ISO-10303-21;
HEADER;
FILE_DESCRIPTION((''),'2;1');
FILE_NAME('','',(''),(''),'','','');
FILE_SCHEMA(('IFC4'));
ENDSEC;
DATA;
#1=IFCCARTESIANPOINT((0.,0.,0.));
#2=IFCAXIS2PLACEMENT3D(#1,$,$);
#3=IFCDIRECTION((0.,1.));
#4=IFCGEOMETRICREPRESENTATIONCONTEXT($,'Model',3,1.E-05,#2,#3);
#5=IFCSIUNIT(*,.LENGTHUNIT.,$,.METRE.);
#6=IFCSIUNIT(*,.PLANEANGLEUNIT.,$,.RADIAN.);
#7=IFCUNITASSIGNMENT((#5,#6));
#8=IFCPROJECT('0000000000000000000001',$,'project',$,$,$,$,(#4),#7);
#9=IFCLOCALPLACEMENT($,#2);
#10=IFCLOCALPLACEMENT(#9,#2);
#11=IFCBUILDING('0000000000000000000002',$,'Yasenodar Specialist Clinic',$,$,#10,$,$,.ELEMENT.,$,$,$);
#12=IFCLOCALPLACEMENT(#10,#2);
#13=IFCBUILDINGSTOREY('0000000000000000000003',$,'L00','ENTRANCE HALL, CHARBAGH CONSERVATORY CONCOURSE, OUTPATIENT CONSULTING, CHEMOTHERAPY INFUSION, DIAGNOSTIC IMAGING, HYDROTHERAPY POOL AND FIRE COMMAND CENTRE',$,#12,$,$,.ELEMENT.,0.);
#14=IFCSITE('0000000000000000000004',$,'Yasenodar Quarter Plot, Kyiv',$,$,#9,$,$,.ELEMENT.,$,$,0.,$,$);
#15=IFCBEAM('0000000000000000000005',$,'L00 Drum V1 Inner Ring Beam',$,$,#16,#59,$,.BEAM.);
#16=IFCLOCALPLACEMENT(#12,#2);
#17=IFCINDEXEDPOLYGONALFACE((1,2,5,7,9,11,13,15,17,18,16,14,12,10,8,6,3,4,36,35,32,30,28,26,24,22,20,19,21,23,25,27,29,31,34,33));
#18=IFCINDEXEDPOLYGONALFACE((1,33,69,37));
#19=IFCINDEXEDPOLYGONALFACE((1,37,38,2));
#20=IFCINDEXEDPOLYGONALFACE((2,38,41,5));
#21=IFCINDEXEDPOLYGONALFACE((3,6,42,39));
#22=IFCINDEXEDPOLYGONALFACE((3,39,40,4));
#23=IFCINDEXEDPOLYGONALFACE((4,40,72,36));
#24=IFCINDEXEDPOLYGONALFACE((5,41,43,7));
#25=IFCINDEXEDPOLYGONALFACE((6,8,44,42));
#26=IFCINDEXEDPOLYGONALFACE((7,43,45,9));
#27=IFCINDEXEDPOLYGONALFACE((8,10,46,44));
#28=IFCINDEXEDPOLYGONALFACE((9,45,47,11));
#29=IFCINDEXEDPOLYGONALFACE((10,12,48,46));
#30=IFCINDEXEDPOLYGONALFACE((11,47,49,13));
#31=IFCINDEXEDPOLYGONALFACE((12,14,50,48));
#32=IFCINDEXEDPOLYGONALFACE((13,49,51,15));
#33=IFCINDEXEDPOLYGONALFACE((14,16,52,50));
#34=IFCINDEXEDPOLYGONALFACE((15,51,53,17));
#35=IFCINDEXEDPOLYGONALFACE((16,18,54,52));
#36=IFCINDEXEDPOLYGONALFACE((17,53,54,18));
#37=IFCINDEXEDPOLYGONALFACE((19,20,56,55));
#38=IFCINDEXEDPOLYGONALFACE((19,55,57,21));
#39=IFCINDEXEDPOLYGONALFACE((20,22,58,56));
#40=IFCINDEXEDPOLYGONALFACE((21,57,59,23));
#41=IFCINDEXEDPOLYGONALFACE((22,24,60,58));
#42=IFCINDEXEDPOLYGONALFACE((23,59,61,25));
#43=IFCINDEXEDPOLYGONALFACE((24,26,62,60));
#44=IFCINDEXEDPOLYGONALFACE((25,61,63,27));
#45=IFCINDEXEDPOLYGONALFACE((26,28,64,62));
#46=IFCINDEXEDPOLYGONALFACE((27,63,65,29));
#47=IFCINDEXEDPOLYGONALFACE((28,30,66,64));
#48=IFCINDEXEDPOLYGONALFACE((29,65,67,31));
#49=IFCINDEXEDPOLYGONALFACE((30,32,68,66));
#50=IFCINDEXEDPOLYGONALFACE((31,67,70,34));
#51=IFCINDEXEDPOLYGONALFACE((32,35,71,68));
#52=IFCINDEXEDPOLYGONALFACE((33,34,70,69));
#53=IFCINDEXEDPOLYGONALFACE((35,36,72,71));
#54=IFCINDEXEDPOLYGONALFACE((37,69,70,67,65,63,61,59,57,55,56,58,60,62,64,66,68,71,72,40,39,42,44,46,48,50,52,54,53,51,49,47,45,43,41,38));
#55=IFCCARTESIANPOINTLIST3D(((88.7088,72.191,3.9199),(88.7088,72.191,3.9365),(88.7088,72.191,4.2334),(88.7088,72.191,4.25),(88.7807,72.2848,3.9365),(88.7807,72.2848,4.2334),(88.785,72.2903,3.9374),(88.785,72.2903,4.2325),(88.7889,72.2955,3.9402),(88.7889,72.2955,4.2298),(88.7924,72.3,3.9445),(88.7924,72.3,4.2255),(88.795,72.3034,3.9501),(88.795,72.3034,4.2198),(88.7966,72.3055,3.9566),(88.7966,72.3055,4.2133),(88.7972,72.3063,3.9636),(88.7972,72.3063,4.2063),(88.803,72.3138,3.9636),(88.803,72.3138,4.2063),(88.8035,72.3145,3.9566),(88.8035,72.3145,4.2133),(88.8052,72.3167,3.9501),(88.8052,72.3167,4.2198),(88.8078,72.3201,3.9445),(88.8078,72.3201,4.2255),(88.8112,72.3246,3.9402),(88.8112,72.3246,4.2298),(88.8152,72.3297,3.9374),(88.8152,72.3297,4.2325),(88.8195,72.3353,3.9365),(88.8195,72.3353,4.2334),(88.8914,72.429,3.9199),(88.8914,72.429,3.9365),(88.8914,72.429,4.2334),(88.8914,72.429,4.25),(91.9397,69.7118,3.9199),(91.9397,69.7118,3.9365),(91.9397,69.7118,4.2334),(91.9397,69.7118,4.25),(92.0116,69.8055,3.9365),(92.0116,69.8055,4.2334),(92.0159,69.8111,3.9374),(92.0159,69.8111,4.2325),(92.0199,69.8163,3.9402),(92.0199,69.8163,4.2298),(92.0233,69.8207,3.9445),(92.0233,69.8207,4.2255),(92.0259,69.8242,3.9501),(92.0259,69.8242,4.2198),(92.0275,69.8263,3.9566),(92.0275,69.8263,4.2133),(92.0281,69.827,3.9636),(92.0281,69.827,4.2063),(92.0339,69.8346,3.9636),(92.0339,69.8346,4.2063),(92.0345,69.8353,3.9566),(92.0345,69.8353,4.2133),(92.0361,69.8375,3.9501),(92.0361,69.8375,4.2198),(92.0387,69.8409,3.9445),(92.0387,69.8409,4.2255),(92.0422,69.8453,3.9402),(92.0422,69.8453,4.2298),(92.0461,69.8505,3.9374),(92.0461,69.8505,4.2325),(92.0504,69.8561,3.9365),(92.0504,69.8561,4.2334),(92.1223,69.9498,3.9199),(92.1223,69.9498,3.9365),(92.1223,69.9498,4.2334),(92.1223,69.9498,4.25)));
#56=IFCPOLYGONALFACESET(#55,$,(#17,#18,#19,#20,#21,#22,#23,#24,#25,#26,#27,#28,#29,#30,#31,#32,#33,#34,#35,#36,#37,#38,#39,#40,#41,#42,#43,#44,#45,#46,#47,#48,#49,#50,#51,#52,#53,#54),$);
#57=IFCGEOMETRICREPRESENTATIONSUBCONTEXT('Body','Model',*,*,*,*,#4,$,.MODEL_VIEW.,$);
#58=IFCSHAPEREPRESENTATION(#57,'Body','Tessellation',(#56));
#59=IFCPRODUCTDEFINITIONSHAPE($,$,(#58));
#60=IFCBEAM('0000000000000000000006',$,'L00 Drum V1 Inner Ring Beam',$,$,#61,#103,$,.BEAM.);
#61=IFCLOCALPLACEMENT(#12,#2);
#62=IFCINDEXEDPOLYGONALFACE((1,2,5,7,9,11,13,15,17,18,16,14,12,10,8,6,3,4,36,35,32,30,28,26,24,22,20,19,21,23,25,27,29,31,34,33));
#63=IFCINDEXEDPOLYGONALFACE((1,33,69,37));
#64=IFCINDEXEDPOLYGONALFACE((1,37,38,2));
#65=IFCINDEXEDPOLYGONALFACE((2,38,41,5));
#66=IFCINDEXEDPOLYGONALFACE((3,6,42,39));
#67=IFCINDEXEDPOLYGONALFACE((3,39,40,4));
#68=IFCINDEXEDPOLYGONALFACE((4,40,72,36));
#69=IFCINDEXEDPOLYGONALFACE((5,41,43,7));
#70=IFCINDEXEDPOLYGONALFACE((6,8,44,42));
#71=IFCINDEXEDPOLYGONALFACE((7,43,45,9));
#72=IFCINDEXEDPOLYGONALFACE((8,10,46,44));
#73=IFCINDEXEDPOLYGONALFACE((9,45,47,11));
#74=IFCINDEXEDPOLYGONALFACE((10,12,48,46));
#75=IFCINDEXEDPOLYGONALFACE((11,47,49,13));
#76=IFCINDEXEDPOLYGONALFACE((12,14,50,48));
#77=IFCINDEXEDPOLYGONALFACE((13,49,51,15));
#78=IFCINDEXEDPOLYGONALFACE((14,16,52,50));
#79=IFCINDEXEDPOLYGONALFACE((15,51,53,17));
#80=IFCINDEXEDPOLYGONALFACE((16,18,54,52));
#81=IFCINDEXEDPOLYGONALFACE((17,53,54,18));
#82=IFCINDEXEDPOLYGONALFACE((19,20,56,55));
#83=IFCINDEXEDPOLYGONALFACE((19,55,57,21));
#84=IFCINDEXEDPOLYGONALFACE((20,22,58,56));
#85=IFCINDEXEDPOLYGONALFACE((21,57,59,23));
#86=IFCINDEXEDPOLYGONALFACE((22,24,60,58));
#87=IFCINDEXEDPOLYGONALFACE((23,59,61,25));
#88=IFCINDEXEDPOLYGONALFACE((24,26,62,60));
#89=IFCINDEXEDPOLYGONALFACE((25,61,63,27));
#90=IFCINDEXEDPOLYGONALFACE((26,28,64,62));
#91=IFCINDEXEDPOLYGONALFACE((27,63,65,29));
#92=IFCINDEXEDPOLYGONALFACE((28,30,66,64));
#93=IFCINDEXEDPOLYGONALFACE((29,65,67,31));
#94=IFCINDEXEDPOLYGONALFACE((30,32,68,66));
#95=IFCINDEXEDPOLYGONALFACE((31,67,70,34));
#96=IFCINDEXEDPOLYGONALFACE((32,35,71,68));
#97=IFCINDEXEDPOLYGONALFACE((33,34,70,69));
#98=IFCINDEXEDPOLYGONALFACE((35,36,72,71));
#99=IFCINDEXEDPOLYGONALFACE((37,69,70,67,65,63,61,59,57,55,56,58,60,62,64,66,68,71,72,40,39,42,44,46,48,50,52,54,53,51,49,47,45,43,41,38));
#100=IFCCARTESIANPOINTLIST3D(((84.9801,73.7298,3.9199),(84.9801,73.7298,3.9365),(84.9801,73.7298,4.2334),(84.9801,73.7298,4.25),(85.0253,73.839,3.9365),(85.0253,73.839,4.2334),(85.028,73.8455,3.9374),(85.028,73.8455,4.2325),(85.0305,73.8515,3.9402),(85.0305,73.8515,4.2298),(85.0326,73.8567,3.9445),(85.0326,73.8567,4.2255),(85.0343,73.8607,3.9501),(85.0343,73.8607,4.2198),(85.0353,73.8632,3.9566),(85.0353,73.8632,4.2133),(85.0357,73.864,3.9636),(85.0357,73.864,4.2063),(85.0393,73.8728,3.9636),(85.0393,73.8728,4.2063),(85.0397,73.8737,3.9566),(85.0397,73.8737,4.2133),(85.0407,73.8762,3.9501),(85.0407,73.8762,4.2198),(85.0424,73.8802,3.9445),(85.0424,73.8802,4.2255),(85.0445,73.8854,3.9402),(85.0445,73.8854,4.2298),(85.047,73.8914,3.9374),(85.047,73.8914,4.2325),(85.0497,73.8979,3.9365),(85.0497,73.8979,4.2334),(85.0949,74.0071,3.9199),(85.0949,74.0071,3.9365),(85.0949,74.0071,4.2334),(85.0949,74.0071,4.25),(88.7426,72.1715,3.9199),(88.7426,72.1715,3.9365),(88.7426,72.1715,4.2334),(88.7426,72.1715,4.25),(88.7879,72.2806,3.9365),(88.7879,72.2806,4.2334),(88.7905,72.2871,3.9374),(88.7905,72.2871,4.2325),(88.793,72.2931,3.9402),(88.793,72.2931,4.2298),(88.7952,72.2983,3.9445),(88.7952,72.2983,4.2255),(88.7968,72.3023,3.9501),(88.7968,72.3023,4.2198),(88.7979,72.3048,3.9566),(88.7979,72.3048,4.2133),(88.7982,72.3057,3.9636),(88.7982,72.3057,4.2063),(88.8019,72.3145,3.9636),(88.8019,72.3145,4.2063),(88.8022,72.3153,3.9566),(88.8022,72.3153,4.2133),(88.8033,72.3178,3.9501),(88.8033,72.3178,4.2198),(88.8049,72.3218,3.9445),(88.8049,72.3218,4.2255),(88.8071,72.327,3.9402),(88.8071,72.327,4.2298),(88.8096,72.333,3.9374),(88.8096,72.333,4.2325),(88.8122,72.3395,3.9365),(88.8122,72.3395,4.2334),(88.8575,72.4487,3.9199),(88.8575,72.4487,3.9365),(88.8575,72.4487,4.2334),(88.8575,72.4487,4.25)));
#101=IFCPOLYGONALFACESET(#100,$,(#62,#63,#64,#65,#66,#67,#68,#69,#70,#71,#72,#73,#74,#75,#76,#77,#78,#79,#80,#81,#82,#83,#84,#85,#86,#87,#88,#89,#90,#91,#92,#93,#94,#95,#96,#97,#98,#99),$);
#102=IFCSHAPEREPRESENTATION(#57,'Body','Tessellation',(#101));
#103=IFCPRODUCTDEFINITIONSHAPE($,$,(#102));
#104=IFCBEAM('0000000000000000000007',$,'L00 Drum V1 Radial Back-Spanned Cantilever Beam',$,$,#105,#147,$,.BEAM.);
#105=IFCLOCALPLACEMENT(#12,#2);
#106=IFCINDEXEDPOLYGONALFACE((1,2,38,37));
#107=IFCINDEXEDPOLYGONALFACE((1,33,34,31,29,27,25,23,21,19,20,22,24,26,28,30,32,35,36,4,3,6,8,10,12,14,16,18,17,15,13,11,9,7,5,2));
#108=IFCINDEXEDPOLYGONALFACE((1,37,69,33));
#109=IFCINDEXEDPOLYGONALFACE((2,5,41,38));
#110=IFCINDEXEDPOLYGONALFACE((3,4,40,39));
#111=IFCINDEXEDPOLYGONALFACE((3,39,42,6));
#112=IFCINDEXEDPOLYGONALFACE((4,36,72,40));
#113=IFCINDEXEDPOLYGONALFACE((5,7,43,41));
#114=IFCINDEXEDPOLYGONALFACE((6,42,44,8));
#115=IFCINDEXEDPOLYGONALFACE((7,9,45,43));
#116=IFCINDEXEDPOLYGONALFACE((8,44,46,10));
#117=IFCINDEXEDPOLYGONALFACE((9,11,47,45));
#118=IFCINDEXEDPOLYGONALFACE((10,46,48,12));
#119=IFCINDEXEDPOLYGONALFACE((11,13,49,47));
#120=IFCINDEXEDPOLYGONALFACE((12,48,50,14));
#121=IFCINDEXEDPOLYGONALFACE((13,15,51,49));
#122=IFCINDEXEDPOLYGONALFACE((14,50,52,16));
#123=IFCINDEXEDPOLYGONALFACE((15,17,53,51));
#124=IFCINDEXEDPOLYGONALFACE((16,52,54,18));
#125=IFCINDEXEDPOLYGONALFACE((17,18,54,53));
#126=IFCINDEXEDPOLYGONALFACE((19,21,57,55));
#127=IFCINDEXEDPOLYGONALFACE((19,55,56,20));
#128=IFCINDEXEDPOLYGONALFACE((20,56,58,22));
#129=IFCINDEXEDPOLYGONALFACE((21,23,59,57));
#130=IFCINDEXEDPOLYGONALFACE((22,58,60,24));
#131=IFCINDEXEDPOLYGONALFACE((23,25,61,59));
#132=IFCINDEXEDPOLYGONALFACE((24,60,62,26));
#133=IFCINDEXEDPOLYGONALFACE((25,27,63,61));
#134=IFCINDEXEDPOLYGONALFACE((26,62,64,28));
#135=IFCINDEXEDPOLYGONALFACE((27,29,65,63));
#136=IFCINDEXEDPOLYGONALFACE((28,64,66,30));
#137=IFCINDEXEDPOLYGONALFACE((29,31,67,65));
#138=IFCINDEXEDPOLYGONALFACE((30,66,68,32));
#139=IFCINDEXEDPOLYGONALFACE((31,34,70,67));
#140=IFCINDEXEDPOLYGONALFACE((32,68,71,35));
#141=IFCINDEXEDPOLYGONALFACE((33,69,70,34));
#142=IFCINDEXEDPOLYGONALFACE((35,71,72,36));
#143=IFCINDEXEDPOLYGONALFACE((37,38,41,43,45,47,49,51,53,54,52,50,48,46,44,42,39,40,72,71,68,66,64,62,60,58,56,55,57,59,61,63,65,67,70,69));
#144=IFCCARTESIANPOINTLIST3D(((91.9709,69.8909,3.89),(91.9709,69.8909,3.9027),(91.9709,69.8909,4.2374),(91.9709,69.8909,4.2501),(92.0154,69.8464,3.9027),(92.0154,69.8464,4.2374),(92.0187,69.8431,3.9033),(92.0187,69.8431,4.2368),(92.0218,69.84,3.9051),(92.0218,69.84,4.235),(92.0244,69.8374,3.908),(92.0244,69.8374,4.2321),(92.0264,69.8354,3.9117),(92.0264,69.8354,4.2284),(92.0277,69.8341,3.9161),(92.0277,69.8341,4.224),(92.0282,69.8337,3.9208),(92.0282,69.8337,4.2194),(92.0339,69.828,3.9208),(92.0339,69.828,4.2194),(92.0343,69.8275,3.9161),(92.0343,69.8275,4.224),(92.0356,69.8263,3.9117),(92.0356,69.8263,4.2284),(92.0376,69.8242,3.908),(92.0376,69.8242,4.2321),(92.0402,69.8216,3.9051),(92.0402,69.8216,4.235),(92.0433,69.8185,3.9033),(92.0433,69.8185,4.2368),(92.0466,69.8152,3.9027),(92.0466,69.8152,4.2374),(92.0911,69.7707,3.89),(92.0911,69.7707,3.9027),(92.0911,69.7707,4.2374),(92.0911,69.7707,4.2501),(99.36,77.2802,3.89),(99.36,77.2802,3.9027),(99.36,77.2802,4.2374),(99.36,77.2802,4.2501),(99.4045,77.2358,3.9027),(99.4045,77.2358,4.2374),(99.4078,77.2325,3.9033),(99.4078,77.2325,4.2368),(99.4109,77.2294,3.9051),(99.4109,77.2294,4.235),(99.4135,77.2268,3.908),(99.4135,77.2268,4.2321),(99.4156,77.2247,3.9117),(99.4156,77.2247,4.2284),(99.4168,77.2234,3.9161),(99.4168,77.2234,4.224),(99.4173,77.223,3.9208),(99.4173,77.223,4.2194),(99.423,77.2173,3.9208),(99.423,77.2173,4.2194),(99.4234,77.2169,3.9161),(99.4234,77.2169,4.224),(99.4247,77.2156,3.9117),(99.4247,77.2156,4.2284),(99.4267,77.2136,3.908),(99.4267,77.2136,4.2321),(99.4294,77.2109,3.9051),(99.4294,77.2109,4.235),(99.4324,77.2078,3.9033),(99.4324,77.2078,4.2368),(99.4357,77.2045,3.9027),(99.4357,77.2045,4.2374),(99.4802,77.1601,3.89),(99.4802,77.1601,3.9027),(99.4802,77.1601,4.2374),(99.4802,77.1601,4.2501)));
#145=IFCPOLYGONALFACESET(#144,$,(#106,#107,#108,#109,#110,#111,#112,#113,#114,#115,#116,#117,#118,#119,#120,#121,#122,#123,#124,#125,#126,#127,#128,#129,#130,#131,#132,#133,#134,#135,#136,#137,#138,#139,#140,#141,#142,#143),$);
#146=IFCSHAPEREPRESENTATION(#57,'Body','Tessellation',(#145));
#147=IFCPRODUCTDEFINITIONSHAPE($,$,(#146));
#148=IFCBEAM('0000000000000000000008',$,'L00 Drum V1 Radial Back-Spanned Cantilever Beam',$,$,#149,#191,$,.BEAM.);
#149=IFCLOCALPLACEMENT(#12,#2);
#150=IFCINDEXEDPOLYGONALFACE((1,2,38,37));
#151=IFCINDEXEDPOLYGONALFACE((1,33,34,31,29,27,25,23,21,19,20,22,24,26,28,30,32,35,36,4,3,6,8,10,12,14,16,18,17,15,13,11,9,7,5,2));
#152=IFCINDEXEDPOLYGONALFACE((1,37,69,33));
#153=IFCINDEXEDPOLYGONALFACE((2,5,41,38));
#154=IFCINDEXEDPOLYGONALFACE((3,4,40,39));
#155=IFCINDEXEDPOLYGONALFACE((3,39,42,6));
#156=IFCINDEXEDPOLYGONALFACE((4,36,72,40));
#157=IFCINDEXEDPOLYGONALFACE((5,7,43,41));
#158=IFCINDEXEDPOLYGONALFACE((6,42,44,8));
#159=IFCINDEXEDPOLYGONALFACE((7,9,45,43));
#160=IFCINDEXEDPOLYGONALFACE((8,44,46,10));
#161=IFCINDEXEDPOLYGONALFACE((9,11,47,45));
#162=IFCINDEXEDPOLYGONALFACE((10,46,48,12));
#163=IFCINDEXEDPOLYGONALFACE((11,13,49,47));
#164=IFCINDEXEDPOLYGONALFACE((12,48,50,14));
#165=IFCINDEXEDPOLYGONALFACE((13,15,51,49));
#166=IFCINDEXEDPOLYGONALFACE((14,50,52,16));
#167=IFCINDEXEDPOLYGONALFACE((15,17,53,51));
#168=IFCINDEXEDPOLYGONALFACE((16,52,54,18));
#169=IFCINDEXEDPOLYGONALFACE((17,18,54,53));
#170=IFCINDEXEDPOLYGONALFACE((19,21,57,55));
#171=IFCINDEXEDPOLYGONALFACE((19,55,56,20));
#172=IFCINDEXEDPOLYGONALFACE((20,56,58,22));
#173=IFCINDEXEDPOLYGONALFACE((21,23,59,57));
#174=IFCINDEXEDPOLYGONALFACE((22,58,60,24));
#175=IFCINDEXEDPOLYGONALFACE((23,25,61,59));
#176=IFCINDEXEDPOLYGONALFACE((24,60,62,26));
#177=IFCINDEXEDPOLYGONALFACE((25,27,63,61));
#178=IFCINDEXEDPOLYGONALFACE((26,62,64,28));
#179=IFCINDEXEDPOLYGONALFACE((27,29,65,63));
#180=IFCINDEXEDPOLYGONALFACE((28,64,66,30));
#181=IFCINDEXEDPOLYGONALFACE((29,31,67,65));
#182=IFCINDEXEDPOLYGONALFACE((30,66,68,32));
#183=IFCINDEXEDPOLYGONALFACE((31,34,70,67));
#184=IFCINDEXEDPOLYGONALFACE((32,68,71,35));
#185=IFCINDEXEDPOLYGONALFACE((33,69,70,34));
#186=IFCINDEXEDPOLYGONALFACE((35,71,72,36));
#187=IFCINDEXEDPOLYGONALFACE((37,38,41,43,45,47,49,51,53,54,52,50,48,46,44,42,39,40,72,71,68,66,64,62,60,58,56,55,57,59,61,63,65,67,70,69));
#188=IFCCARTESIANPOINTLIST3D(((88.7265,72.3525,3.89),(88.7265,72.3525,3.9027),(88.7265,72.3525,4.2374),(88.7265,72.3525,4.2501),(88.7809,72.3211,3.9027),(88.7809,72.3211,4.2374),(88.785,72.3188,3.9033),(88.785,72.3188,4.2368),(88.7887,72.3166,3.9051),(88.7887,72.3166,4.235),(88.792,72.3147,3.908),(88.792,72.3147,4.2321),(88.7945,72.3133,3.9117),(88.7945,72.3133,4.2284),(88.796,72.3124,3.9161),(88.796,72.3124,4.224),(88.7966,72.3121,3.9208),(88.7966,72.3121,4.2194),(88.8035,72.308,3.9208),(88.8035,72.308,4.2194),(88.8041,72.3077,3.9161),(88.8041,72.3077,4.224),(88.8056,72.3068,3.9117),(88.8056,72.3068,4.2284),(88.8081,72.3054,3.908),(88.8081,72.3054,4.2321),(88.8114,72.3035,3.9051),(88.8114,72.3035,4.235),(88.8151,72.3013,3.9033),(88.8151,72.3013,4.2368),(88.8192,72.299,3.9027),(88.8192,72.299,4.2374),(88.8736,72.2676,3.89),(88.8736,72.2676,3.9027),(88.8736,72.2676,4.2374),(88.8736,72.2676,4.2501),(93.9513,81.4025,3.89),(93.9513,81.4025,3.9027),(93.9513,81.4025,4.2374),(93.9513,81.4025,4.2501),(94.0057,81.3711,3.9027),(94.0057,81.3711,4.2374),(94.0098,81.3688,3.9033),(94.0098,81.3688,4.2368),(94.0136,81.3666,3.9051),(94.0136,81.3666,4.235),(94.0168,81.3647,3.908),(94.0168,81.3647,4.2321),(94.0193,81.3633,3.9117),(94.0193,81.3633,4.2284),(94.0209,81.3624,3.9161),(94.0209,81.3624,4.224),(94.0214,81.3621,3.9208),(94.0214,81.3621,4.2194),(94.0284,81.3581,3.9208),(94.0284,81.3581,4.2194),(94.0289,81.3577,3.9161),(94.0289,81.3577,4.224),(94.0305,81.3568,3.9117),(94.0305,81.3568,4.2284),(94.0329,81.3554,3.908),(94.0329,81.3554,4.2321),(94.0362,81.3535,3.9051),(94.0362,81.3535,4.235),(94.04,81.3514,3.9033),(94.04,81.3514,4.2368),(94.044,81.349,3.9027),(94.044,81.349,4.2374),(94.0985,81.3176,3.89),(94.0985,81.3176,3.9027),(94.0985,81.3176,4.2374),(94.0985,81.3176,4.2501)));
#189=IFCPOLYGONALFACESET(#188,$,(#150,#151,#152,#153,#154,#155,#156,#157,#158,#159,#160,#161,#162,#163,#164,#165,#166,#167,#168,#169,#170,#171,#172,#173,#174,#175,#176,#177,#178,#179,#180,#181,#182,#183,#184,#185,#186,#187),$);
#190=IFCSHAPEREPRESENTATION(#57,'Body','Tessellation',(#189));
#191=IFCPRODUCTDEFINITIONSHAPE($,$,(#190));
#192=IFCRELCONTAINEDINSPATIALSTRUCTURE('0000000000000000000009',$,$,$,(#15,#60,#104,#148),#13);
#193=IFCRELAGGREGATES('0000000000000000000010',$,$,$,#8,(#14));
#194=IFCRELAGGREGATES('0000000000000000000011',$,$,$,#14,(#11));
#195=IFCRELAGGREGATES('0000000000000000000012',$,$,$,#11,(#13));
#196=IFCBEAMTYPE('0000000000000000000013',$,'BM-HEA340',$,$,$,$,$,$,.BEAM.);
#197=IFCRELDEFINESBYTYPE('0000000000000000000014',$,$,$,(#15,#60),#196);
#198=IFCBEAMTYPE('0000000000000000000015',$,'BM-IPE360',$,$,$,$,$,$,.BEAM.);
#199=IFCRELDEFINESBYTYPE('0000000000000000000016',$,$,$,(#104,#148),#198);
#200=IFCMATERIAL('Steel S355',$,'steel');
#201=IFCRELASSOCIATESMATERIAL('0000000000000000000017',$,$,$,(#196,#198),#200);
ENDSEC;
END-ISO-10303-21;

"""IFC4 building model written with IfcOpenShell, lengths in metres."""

from ifc_helpers import new_model, si_unit, direction, frame, origin, origin_2d, place, context, subcontext, project, spatial, i_section, extrude, material, material_profile, profile_set, type_object, element, save


model = new_model("IFC4")

# Units and contexts
model_context = context("Model", 3, precision=1e-05, world=origin(), true_north=direction((0.0, 1.0)))
body_context = subcontext(model_context, "Body", "Model", "MODEL_VIEW")
ifc_project = project(units=[si_unit("LENGTHUNIT", "METRE"), si_unit("PLANEANGLEUNIT", "RADIAN")], contexts=[model_context])

# Site, building, storey
site_placement = place(None, origin())
site = spatial("IfcSite", under=ifc_project, at=site_placement, Name="Yasenodar Quarter Plot, Kyiv", CompositionType="ELEMENT", RefElevation=0.0)
building_placement = place(site_placement, origin())
building = spatial("IfcBuilding", under=site, at=building_placement, Name="Yasenodar Specialist Clinic", CompositionType="ELEMENT")
storey_placement = place(building_placement, origin())
storey = spatial("IfcBuildingStorey", under=building, at=storey_placement, Name="L00", Description="ENTRANCE HALL, CHARBAGH CONSERVATORY CONCOURSE, OUTPATIENT CONSULTING, CHEMOTHERAPY INFUSION, DIAGNOSTIC IMAGING, HYDROTHERAPY POOL AND FIRE COMMAND CENTRE", CompositionType="ELEMENT", Elevation=0.0)

# Shared definitions
ifc_material_1 = material(Name="Steel S355", Category="steel")

# Beams
ifc_material_profile_1 = material_profile(ifc_material_1, i_section(OverallWidth=0.3, OverallDepth=0.3301, WebThickness=0.0095, FlangeThickness=0.0166, FilletRadius=0.0271, at=origin_2d()), Name="HEA 340")
ifc_profile_set_1 = profile_set([ifc_material_profile_1], Name="Steel S355")
beam_type_1 = type_object("IfcBeamType", Name="BM-HEA340", PredefinedType="BEAM", material=ifc_profile_set_1)
for number, where, z_axis, x_axis, name in (
    (1, (92.031, 69.8308, 4.085), (-0.793348, 0.608769, 0.0), (-0.608769, -0.793348, 0.0), "L00 Drum V1 Inner Ring Beam"),
    (2, (88.8, 72.3101, 4.085), (-0.923889, 0.382661, 0.0), (-0.382661, -0.923889, 0.0), "L00 Drum V1 Inner Ring Beam"),
):
    element("IfcBeam", number, at=place(storey_placement, frame(where, z_axis=z_axis, x_axis=x_axis)), inside=storey, type_object=beam_type_1, Name=name, PredefinedType="BEAM", context=body_context, shape_type="SweptSolid", body=[
        extrude(i_section(OverallWidth=0.3, OverallDepth=0.3301, WebThickness=0.0095, FlangeThickness=0.0166, FilletRadius=0.0271, at=origin_2d()), origin(), (0.0, 0.0, 1.0), 4.0725),
    ])
ifc_material_profile_2 = material_profile(ifc_material_1, i_section(OverallWidth=0.1699, OverallDepth=0.3601, WebThickness=0.0081, FlangeThickness=0.0127, FilletRadius=0.0181, at=origin_2d()), Name="IPE 360")
ifc_profile_set_2 = profile_set([ifc_material_profile_2], Name="Steel S355")
beam_type_2 = type_object("IfcBeamType", Name="BM-IPE360", PredefinedType="BEAM", material=ifc_profile_set_2)
for number, where, z_axis, x_axis, name in (
    (3, (92.031, 69.8308, 4.0701), (0.707095, 0.707118, 0.0), (-0.707118, 0.707095, 0.0), "L00 Drum V1 Radial Back-Spanned Cantilever Beam"),
    (4, (88.8, 72.3101, 4.0701), (0.499986, 0.866033, 0.0), (-0.866033, 0.499986, 0.0), "L00 Drum V1 Radial Back-Spanned Cantilever Beam"),
):
    element("IfcBeam", number, at=place(storey_placement, frame(where, z_axis=z_axis, x_axis=x_axis)), inside=storey, type_object=beam_type_2, Name=name, PredefinedType="BEAM", context=body_context, shape_type="SweptSolid", body=[
        extrude(i_section(OverallWidth=0.1699, OverallDepth=0.3601, WebThickness=0.0081, FlangeThickness=0.0127, FilletRadius=0.0181, at=origin_2d()), origin(), (0.0, 0.0, 1.0), 10.45),
    ])

save(model, "model.ifc")
